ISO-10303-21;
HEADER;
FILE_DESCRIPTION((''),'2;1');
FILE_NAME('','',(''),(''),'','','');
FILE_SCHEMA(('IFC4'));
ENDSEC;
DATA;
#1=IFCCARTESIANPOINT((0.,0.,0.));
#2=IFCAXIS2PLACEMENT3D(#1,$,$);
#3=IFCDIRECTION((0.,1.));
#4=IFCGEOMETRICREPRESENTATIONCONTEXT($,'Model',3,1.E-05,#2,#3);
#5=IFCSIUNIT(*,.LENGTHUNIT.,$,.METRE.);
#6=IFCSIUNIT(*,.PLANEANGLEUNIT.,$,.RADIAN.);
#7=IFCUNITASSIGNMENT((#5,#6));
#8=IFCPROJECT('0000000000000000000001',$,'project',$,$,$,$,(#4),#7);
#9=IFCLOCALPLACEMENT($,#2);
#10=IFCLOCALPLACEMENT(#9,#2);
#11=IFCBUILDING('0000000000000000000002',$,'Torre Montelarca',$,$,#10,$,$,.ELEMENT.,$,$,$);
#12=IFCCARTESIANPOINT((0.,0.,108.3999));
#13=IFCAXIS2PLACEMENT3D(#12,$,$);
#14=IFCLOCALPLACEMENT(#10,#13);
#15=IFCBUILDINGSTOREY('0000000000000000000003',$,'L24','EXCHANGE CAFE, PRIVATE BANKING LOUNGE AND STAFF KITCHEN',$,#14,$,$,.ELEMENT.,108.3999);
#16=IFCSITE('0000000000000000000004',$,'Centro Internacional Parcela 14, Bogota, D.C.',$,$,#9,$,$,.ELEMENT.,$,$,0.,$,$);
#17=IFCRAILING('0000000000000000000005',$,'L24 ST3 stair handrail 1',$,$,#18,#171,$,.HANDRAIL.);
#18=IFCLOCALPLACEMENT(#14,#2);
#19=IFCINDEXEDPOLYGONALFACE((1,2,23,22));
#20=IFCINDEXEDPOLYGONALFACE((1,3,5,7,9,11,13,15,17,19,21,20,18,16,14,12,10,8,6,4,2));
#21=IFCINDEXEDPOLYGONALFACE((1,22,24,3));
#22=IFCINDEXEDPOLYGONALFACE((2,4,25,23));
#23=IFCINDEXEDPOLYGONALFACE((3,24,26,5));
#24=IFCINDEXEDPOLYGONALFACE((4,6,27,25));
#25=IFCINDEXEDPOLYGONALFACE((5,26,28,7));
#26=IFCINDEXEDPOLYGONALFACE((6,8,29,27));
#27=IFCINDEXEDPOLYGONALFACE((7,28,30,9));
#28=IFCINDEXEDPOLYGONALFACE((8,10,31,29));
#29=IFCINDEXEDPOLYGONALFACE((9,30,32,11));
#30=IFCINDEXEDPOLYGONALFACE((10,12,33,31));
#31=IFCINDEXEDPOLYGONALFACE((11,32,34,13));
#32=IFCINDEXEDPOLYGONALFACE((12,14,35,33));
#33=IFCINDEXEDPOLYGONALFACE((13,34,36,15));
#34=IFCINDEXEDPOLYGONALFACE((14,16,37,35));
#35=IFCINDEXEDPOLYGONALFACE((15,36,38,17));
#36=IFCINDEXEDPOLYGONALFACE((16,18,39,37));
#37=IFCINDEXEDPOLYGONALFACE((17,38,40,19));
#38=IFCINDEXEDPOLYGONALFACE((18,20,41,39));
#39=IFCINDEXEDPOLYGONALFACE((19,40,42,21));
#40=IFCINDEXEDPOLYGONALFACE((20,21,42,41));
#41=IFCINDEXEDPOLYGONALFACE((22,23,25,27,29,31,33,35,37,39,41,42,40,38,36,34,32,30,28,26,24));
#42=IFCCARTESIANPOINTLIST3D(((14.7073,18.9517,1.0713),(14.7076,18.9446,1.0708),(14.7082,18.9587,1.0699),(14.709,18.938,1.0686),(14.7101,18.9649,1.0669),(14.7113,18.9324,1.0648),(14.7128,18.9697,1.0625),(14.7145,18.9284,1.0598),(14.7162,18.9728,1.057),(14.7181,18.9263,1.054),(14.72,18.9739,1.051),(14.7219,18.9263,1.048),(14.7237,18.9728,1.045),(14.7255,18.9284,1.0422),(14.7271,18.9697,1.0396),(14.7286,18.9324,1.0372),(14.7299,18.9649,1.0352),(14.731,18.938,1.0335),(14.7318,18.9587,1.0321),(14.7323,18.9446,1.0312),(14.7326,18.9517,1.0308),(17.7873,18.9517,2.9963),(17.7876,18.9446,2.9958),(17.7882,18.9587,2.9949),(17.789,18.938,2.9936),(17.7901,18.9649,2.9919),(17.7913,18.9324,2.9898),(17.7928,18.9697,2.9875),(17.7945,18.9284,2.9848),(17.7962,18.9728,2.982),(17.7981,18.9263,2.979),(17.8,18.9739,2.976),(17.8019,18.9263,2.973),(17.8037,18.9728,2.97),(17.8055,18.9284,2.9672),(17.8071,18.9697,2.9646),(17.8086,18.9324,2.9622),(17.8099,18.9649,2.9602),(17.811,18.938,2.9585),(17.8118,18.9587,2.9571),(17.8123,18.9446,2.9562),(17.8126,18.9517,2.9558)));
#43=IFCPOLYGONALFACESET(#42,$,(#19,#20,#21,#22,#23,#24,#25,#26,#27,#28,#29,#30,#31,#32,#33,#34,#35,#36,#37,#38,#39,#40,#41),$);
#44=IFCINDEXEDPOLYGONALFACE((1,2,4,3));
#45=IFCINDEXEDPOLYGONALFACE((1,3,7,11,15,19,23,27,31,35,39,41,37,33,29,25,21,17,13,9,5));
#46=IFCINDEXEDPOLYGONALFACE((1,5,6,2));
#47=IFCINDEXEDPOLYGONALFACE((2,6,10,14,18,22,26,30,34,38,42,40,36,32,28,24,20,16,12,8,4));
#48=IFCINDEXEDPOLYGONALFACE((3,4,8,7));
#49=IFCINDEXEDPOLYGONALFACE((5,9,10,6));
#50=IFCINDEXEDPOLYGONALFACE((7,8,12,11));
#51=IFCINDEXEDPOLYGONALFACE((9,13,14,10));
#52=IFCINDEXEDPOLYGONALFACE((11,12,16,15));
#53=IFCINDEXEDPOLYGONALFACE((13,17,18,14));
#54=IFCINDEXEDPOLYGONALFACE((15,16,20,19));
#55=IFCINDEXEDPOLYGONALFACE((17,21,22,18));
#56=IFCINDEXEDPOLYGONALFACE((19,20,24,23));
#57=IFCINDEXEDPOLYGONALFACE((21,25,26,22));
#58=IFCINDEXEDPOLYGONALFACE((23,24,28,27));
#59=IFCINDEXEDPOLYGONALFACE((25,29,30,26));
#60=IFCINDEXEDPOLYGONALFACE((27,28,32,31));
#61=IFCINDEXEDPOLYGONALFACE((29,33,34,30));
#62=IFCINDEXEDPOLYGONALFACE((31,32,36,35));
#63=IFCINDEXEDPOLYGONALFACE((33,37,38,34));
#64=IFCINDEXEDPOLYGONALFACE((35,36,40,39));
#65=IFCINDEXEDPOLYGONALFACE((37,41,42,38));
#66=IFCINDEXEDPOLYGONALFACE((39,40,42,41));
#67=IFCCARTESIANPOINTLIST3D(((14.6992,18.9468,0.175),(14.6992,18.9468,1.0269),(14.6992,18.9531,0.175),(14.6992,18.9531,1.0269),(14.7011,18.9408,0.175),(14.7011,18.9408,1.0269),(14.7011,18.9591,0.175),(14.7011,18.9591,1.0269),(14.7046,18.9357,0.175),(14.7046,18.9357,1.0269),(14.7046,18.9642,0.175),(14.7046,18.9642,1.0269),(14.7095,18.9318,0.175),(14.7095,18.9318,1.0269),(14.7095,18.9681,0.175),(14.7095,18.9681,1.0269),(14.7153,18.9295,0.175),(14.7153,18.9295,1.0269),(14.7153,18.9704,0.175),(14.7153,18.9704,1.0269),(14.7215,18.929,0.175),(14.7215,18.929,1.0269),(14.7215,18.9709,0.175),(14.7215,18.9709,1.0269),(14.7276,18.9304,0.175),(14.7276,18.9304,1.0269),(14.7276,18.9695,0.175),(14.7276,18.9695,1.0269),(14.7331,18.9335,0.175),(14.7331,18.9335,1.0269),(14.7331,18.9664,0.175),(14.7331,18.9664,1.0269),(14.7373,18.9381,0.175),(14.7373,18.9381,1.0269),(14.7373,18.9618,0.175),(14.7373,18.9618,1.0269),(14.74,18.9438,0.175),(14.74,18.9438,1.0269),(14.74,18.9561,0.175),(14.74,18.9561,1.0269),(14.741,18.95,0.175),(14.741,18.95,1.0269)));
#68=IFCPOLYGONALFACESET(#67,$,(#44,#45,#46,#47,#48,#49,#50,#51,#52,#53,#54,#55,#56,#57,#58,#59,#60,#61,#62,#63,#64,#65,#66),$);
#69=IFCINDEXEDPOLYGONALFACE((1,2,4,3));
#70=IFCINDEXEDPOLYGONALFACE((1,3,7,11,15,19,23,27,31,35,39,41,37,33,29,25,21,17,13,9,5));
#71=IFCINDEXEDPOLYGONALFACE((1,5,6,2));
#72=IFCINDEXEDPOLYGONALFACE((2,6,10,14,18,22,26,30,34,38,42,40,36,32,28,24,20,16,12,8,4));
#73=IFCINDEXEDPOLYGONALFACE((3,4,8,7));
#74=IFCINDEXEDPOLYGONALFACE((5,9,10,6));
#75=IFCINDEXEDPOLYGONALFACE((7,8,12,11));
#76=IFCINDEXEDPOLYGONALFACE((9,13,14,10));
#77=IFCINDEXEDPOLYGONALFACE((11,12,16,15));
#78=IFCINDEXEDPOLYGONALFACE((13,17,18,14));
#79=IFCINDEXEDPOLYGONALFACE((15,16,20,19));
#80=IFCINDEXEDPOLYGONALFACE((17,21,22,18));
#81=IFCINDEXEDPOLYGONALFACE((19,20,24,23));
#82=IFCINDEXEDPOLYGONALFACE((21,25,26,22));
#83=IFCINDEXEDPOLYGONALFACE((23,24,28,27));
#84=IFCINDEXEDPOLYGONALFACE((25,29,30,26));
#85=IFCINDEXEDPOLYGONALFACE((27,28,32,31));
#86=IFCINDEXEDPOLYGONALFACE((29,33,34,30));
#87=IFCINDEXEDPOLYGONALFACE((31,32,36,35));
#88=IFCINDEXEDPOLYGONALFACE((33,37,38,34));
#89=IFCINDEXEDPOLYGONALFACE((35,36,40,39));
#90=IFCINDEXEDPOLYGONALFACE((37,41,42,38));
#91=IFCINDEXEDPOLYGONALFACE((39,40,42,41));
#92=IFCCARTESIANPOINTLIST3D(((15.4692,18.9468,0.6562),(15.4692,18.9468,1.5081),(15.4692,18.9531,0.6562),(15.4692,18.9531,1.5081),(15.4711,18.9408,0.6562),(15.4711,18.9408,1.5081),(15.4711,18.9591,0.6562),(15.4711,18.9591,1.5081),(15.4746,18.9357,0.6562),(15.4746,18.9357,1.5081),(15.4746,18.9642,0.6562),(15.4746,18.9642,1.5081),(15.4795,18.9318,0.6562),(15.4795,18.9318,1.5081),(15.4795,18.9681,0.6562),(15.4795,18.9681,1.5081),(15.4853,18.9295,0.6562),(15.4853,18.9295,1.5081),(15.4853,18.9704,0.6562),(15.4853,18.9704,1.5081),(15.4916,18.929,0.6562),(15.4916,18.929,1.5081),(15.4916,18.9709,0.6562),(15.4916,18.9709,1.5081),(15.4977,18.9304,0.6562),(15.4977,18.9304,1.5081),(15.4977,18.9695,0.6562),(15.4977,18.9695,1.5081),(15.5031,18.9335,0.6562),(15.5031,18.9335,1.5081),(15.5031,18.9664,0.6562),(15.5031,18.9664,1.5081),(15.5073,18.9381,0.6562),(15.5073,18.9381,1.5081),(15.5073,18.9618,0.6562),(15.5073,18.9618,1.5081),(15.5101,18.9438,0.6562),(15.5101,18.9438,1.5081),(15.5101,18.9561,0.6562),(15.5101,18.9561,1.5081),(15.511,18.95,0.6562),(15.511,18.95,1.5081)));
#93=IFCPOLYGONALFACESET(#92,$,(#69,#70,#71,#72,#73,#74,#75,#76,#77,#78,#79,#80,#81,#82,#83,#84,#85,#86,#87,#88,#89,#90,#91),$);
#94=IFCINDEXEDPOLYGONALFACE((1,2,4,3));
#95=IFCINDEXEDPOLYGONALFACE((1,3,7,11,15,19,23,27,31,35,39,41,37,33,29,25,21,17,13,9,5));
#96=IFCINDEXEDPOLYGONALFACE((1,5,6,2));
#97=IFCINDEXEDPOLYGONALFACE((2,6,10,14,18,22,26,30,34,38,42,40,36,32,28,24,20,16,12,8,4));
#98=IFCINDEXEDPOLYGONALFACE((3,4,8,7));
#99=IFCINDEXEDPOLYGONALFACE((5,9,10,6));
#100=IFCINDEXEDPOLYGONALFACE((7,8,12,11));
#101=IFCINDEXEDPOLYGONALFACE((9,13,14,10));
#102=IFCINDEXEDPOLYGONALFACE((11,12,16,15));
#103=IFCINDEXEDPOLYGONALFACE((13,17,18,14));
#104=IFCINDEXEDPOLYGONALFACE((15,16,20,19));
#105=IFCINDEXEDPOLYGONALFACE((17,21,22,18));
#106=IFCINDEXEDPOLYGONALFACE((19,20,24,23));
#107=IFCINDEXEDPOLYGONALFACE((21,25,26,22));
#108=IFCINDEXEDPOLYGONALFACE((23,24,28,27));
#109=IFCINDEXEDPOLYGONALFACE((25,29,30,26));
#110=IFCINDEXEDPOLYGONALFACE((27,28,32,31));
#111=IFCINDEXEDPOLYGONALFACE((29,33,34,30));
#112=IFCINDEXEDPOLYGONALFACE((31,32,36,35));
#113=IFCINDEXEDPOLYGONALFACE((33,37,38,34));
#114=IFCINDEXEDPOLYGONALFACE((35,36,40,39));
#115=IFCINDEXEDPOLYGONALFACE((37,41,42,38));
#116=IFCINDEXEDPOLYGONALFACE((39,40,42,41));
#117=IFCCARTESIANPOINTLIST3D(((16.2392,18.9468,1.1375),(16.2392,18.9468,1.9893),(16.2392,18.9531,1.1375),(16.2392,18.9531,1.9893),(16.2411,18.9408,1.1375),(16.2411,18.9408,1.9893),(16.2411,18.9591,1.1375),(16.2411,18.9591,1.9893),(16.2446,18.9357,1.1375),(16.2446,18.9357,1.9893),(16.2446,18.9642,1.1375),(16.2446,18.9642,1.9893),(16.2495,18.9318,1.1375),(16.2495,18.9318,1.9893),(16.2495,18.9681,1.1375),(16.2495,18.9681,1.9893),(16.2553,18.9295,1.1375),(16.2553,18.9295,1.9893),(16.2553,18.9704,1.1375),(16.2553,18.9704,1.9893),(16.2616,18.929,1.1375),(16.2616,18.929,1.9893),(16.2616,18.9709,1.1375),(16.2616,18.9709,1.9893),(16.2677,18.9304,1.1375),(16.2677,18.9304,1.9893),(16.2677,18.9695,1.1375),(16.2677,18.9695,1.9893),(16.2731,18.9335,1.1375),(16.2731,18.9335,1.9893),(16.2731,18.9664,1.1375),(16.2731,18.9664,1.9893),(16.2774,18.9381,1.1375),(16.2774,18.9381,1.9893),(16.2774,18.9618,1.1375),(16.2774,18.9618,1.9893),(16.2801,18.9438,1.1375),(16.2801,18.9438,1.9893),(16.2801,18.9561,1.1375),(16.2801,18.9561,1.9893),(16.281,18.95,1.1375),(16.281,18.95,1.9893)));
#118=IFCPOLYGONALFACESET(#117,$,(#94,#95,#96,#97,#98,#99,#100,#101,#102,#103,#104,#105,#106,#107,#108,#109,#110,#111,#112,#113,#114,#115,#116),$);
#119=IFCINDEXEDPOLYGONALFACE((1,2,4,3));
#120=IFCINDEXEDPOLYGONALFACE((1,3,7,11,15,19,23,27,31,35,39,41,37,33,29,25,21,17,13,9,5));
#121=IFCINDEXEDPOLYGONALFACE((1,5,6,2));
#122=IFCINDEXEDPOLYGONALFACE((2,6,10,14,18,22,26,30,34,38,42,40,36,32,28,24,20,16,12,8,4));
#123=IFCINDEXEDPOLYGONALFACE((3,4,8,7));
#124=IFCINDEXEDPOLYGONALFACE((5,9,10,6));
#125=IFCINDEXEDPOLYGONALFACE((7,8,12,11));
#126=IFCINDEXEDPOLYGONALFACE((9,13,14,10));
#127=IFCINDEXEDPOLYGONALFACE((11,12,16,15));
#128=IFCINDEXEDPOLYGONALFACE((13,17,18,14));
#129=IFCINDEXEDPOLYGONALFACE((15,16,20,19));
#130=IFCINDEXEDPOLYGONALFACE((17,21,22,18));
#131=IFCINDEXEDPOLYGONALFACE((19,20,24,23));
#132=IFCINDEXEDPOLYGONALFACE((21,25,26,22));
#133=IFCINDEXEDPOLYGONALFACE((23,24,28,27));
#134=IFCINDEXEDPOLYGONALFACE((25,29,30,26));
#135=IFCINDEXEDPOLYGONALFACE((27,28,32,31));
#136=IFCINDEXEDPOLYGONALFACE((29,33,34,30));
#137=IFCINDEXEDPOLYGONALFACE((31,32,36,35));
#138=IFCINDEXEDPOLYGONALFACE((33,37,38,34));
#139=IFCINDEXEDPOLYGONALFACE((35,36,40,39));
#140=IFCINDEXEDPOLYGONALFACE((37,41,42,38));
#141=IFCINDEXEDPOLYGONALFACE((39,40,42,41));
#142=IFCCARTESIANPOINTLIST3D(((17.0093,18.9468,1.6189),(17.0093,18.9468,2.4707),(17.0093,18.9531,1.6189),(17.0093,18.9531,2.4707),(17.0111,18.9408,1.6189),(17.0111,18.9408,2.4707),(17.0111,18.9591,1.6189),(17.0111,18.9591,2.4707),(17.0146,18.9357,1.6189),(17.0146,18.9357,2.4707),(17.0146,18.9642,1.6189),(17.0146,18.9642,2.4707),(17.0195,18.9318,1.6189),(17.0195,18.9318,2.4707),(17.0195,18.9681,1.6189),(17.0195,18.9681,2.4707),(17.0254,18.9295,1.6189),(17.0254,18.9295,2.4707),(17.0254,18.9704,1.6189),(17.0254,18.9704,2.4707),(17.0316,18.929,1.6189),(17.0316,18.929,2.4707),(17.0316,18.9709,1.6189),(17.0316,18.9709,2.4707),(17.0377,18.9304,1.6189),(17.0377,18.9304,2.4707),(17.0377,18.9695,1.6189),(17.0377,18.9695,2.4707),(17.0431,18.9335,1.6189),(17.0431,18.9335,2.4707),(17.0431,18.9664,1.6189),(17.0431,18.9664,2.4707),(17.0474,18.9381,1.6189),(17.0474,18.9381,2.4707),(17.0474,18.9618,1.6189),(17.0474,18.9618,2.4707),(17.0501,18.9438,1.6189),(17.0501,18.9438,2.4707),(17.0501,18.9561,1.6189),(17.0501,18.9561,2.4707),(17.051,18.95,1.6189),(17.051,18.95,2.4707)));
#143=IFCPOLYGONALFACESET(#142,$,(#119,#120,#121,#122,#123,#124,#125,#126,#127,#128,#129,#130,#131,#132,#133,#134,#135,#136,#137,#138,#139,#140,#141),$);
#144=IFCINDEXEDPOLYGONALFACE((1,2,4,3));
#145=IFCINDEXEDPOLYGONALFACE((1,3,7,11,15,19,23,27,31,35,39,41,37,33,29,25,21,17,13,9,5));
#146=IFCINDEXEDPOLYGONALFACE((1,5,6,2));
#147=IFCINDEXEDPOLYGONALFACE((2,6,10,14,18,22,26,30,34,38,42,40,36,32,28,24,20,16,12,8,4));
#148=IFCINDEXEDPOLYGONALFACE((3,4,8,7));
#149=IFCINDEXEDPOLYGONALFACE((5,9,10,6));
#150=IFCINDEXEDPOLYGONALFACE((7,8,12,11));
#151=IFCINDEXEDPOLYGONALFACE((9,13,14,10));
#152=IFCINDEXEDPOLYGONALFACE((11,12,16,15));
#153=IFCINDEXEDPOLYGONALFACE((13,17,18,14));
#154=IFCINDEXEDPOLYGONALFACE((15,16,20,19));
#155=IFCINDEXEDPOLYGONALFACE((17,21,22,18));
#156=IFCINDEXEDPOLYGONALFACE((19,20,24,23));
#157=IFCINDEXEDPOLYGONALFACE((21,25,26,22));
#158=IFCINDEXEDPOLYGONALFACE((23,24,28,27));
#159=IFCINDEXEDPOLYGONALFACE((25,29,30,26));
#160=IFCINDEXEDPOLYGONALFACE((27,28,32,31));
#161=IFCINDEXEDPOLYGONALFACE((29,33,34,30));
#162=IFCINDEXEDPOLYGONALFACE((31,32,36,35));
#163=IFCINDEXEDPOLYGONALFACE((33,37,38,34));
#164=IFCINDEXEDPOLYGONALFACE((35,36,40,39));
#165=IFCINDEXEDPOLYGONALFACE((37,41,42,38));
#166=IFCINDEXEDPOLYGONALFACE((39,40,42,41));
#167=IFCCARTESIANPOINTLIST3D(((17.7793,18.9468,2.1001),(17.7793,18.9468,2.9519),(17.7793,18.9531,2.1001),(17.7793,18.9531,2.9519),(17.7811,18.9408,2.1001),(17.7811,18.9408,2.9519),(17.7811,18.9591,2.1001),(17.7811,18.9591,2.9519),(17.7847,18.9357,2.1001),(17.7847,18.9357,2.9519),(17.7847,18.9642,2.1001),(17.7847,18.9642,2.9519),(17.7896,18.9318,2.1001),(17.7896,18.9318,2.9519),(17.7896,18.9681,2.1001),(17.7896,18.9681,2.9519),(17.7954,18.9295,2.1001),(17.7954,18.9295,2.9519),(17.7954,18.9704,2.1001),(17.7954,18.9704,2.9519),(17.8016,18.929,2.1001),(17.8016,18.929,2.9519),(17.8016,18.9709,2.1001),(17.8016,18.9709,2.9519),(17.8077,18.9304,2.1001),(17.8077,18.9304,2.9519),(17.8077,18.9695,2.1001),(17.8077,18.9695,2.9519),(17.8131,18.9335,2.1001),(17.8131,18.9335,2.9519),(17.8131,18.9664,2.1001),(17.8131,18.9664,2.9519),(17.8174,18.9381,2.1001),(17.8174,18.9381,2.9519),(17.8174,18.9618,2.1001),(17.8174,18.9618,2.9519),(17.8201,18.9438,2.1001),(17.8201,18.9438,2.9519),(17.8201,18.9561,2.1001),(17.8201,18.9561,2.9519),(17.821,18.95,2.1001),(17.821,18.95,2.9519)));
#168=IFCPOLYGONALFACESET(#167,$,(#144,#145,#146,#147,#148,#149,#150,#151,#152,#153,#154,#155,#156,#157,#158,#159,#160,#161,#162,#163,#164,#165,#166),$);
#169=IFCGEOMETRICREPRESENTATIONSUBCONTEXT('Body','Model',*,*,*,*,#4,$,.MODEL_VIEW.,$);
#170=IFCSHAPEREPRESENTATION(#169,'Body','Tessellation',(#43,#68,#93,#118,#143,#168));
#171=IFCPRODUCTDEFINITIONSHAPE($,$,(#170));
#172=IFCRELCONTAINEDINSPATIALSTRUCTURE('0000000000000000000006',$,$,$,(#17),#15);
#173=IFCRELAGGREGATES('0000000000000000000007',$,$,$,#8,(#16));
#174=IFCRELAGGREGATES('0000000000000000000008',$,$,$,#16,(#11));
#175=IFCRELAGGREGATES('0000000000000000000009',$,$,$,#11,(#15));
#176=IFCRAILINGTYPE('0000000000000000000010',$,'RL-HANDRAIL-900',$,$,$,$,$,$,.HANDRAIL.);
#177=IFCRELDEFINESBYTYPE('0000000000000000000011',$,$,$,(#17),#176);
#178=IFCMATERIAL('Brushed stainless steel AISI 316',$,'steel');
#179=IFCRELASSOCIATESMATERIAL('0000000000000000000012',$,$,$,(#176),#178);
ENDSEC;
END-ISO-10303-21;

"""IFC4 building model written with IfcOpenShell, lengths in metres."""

from ifc_helpers import new_model, si_unit, direction, frame, origin, origin_2d, place, context, subcontext, project, spatial, circle, extrude, material, type_object, element, save


model = new_model("IFC4")

# Units and contexts
model_context = context("Model", 3, precision=1e-05, world=origin(), true_north=direction((0.0, 1.0)))
body_context = subcontext(model_context, "Body", "Model", "MODEL_VIEW")
ifc_project = project(units=[si_unit("LENGTHUNIT", "METRE"), si_unit("PLANEANGLEUNIT", "RADIAN")], contexts=[model_context])

# Site, building, storey
site_placement = place(None, origin())
site = spatial("IfcSite", under=ifc_project, at=site_placement, Name="Centro Internacional Parcela 14, Bogota, D.C.", CompositionType="ELEMENT", RefElevation=0.0)
building_placement = place(site_placement, origin())
building = spatial("IfcBuilding", under=site, at=building_placement, Name="Torre Montelarca", CompositionType="ELEMENT")
storey_placement = place(building_placement, frame((0.0, 0.0, 108.3999)))
storey = spatial("IfcBuildingStorey", under=building, at=storey_placement, Name="L24", Description="EXCHANGE CAFE, PRIVATE BANKING LOUNGE AND STAFF KITCHEN", CompositionType="ELEMENT", Elevation=108.3999)

# Railing
ifc_material_1 = material(Name="Brushed stainless steel AISI 316", Category="steel")
railing_type_1 = type_object("IfcRailingType", Name="RL-HANDRAIL-900", PredefinedType="HANDRAIL", material=ifc_material_1)
railing_1_placement = place(storey_placement, frame((14.72, 18.95, 0.175)))
element("IfcRailing", 1, at=railing_1_placement, inside=storey, type_object=railing_type_1, Name="L24 ST3 stair handrail 1", PredefinedType="HANDRAIL", context=body_context, shape_type="SweptSolid", body=[
    extrude(circle(Radius=0.0239, at=origin_2d()), frame((0.0, 0.0, 0.876), z_axis=(0.847998, 0.0, 0.529999), x_axis=(0.0, 1.0, 0.0)), (0.0, 0.0, 1.0), 3.6321),
    extrude(circle(Radius=0.021, at=origin_2d()), origin(), (0.0, 0.0, 1.0), 0.8518),
    extrude(circle(Radius=0.021, at=origin_2d()), frame((0.77, 0.0, 0.4812)), (0.0, 0.0, 1.0), 0.8518),
    extrude(circle(Radius=0.021, at=origin_2d()), frame((1.54, 0.0, 0.9624)), (0.0, 0.0, 1.0), 0.8518),
    extrude(circle(Radius=0.021, at=origin_2d()), frame((2.3101, 0.0, 1.4438)), (0.0, 0.0, 1.0), 0.8518),
    extrude(circle(Radius=0.021, at=origin_2d()), frame((3.0801, 0.0, 1.925)), (0.0, 0.0, 1.0), 0.8518),
])

save(model, "model.ifc")
